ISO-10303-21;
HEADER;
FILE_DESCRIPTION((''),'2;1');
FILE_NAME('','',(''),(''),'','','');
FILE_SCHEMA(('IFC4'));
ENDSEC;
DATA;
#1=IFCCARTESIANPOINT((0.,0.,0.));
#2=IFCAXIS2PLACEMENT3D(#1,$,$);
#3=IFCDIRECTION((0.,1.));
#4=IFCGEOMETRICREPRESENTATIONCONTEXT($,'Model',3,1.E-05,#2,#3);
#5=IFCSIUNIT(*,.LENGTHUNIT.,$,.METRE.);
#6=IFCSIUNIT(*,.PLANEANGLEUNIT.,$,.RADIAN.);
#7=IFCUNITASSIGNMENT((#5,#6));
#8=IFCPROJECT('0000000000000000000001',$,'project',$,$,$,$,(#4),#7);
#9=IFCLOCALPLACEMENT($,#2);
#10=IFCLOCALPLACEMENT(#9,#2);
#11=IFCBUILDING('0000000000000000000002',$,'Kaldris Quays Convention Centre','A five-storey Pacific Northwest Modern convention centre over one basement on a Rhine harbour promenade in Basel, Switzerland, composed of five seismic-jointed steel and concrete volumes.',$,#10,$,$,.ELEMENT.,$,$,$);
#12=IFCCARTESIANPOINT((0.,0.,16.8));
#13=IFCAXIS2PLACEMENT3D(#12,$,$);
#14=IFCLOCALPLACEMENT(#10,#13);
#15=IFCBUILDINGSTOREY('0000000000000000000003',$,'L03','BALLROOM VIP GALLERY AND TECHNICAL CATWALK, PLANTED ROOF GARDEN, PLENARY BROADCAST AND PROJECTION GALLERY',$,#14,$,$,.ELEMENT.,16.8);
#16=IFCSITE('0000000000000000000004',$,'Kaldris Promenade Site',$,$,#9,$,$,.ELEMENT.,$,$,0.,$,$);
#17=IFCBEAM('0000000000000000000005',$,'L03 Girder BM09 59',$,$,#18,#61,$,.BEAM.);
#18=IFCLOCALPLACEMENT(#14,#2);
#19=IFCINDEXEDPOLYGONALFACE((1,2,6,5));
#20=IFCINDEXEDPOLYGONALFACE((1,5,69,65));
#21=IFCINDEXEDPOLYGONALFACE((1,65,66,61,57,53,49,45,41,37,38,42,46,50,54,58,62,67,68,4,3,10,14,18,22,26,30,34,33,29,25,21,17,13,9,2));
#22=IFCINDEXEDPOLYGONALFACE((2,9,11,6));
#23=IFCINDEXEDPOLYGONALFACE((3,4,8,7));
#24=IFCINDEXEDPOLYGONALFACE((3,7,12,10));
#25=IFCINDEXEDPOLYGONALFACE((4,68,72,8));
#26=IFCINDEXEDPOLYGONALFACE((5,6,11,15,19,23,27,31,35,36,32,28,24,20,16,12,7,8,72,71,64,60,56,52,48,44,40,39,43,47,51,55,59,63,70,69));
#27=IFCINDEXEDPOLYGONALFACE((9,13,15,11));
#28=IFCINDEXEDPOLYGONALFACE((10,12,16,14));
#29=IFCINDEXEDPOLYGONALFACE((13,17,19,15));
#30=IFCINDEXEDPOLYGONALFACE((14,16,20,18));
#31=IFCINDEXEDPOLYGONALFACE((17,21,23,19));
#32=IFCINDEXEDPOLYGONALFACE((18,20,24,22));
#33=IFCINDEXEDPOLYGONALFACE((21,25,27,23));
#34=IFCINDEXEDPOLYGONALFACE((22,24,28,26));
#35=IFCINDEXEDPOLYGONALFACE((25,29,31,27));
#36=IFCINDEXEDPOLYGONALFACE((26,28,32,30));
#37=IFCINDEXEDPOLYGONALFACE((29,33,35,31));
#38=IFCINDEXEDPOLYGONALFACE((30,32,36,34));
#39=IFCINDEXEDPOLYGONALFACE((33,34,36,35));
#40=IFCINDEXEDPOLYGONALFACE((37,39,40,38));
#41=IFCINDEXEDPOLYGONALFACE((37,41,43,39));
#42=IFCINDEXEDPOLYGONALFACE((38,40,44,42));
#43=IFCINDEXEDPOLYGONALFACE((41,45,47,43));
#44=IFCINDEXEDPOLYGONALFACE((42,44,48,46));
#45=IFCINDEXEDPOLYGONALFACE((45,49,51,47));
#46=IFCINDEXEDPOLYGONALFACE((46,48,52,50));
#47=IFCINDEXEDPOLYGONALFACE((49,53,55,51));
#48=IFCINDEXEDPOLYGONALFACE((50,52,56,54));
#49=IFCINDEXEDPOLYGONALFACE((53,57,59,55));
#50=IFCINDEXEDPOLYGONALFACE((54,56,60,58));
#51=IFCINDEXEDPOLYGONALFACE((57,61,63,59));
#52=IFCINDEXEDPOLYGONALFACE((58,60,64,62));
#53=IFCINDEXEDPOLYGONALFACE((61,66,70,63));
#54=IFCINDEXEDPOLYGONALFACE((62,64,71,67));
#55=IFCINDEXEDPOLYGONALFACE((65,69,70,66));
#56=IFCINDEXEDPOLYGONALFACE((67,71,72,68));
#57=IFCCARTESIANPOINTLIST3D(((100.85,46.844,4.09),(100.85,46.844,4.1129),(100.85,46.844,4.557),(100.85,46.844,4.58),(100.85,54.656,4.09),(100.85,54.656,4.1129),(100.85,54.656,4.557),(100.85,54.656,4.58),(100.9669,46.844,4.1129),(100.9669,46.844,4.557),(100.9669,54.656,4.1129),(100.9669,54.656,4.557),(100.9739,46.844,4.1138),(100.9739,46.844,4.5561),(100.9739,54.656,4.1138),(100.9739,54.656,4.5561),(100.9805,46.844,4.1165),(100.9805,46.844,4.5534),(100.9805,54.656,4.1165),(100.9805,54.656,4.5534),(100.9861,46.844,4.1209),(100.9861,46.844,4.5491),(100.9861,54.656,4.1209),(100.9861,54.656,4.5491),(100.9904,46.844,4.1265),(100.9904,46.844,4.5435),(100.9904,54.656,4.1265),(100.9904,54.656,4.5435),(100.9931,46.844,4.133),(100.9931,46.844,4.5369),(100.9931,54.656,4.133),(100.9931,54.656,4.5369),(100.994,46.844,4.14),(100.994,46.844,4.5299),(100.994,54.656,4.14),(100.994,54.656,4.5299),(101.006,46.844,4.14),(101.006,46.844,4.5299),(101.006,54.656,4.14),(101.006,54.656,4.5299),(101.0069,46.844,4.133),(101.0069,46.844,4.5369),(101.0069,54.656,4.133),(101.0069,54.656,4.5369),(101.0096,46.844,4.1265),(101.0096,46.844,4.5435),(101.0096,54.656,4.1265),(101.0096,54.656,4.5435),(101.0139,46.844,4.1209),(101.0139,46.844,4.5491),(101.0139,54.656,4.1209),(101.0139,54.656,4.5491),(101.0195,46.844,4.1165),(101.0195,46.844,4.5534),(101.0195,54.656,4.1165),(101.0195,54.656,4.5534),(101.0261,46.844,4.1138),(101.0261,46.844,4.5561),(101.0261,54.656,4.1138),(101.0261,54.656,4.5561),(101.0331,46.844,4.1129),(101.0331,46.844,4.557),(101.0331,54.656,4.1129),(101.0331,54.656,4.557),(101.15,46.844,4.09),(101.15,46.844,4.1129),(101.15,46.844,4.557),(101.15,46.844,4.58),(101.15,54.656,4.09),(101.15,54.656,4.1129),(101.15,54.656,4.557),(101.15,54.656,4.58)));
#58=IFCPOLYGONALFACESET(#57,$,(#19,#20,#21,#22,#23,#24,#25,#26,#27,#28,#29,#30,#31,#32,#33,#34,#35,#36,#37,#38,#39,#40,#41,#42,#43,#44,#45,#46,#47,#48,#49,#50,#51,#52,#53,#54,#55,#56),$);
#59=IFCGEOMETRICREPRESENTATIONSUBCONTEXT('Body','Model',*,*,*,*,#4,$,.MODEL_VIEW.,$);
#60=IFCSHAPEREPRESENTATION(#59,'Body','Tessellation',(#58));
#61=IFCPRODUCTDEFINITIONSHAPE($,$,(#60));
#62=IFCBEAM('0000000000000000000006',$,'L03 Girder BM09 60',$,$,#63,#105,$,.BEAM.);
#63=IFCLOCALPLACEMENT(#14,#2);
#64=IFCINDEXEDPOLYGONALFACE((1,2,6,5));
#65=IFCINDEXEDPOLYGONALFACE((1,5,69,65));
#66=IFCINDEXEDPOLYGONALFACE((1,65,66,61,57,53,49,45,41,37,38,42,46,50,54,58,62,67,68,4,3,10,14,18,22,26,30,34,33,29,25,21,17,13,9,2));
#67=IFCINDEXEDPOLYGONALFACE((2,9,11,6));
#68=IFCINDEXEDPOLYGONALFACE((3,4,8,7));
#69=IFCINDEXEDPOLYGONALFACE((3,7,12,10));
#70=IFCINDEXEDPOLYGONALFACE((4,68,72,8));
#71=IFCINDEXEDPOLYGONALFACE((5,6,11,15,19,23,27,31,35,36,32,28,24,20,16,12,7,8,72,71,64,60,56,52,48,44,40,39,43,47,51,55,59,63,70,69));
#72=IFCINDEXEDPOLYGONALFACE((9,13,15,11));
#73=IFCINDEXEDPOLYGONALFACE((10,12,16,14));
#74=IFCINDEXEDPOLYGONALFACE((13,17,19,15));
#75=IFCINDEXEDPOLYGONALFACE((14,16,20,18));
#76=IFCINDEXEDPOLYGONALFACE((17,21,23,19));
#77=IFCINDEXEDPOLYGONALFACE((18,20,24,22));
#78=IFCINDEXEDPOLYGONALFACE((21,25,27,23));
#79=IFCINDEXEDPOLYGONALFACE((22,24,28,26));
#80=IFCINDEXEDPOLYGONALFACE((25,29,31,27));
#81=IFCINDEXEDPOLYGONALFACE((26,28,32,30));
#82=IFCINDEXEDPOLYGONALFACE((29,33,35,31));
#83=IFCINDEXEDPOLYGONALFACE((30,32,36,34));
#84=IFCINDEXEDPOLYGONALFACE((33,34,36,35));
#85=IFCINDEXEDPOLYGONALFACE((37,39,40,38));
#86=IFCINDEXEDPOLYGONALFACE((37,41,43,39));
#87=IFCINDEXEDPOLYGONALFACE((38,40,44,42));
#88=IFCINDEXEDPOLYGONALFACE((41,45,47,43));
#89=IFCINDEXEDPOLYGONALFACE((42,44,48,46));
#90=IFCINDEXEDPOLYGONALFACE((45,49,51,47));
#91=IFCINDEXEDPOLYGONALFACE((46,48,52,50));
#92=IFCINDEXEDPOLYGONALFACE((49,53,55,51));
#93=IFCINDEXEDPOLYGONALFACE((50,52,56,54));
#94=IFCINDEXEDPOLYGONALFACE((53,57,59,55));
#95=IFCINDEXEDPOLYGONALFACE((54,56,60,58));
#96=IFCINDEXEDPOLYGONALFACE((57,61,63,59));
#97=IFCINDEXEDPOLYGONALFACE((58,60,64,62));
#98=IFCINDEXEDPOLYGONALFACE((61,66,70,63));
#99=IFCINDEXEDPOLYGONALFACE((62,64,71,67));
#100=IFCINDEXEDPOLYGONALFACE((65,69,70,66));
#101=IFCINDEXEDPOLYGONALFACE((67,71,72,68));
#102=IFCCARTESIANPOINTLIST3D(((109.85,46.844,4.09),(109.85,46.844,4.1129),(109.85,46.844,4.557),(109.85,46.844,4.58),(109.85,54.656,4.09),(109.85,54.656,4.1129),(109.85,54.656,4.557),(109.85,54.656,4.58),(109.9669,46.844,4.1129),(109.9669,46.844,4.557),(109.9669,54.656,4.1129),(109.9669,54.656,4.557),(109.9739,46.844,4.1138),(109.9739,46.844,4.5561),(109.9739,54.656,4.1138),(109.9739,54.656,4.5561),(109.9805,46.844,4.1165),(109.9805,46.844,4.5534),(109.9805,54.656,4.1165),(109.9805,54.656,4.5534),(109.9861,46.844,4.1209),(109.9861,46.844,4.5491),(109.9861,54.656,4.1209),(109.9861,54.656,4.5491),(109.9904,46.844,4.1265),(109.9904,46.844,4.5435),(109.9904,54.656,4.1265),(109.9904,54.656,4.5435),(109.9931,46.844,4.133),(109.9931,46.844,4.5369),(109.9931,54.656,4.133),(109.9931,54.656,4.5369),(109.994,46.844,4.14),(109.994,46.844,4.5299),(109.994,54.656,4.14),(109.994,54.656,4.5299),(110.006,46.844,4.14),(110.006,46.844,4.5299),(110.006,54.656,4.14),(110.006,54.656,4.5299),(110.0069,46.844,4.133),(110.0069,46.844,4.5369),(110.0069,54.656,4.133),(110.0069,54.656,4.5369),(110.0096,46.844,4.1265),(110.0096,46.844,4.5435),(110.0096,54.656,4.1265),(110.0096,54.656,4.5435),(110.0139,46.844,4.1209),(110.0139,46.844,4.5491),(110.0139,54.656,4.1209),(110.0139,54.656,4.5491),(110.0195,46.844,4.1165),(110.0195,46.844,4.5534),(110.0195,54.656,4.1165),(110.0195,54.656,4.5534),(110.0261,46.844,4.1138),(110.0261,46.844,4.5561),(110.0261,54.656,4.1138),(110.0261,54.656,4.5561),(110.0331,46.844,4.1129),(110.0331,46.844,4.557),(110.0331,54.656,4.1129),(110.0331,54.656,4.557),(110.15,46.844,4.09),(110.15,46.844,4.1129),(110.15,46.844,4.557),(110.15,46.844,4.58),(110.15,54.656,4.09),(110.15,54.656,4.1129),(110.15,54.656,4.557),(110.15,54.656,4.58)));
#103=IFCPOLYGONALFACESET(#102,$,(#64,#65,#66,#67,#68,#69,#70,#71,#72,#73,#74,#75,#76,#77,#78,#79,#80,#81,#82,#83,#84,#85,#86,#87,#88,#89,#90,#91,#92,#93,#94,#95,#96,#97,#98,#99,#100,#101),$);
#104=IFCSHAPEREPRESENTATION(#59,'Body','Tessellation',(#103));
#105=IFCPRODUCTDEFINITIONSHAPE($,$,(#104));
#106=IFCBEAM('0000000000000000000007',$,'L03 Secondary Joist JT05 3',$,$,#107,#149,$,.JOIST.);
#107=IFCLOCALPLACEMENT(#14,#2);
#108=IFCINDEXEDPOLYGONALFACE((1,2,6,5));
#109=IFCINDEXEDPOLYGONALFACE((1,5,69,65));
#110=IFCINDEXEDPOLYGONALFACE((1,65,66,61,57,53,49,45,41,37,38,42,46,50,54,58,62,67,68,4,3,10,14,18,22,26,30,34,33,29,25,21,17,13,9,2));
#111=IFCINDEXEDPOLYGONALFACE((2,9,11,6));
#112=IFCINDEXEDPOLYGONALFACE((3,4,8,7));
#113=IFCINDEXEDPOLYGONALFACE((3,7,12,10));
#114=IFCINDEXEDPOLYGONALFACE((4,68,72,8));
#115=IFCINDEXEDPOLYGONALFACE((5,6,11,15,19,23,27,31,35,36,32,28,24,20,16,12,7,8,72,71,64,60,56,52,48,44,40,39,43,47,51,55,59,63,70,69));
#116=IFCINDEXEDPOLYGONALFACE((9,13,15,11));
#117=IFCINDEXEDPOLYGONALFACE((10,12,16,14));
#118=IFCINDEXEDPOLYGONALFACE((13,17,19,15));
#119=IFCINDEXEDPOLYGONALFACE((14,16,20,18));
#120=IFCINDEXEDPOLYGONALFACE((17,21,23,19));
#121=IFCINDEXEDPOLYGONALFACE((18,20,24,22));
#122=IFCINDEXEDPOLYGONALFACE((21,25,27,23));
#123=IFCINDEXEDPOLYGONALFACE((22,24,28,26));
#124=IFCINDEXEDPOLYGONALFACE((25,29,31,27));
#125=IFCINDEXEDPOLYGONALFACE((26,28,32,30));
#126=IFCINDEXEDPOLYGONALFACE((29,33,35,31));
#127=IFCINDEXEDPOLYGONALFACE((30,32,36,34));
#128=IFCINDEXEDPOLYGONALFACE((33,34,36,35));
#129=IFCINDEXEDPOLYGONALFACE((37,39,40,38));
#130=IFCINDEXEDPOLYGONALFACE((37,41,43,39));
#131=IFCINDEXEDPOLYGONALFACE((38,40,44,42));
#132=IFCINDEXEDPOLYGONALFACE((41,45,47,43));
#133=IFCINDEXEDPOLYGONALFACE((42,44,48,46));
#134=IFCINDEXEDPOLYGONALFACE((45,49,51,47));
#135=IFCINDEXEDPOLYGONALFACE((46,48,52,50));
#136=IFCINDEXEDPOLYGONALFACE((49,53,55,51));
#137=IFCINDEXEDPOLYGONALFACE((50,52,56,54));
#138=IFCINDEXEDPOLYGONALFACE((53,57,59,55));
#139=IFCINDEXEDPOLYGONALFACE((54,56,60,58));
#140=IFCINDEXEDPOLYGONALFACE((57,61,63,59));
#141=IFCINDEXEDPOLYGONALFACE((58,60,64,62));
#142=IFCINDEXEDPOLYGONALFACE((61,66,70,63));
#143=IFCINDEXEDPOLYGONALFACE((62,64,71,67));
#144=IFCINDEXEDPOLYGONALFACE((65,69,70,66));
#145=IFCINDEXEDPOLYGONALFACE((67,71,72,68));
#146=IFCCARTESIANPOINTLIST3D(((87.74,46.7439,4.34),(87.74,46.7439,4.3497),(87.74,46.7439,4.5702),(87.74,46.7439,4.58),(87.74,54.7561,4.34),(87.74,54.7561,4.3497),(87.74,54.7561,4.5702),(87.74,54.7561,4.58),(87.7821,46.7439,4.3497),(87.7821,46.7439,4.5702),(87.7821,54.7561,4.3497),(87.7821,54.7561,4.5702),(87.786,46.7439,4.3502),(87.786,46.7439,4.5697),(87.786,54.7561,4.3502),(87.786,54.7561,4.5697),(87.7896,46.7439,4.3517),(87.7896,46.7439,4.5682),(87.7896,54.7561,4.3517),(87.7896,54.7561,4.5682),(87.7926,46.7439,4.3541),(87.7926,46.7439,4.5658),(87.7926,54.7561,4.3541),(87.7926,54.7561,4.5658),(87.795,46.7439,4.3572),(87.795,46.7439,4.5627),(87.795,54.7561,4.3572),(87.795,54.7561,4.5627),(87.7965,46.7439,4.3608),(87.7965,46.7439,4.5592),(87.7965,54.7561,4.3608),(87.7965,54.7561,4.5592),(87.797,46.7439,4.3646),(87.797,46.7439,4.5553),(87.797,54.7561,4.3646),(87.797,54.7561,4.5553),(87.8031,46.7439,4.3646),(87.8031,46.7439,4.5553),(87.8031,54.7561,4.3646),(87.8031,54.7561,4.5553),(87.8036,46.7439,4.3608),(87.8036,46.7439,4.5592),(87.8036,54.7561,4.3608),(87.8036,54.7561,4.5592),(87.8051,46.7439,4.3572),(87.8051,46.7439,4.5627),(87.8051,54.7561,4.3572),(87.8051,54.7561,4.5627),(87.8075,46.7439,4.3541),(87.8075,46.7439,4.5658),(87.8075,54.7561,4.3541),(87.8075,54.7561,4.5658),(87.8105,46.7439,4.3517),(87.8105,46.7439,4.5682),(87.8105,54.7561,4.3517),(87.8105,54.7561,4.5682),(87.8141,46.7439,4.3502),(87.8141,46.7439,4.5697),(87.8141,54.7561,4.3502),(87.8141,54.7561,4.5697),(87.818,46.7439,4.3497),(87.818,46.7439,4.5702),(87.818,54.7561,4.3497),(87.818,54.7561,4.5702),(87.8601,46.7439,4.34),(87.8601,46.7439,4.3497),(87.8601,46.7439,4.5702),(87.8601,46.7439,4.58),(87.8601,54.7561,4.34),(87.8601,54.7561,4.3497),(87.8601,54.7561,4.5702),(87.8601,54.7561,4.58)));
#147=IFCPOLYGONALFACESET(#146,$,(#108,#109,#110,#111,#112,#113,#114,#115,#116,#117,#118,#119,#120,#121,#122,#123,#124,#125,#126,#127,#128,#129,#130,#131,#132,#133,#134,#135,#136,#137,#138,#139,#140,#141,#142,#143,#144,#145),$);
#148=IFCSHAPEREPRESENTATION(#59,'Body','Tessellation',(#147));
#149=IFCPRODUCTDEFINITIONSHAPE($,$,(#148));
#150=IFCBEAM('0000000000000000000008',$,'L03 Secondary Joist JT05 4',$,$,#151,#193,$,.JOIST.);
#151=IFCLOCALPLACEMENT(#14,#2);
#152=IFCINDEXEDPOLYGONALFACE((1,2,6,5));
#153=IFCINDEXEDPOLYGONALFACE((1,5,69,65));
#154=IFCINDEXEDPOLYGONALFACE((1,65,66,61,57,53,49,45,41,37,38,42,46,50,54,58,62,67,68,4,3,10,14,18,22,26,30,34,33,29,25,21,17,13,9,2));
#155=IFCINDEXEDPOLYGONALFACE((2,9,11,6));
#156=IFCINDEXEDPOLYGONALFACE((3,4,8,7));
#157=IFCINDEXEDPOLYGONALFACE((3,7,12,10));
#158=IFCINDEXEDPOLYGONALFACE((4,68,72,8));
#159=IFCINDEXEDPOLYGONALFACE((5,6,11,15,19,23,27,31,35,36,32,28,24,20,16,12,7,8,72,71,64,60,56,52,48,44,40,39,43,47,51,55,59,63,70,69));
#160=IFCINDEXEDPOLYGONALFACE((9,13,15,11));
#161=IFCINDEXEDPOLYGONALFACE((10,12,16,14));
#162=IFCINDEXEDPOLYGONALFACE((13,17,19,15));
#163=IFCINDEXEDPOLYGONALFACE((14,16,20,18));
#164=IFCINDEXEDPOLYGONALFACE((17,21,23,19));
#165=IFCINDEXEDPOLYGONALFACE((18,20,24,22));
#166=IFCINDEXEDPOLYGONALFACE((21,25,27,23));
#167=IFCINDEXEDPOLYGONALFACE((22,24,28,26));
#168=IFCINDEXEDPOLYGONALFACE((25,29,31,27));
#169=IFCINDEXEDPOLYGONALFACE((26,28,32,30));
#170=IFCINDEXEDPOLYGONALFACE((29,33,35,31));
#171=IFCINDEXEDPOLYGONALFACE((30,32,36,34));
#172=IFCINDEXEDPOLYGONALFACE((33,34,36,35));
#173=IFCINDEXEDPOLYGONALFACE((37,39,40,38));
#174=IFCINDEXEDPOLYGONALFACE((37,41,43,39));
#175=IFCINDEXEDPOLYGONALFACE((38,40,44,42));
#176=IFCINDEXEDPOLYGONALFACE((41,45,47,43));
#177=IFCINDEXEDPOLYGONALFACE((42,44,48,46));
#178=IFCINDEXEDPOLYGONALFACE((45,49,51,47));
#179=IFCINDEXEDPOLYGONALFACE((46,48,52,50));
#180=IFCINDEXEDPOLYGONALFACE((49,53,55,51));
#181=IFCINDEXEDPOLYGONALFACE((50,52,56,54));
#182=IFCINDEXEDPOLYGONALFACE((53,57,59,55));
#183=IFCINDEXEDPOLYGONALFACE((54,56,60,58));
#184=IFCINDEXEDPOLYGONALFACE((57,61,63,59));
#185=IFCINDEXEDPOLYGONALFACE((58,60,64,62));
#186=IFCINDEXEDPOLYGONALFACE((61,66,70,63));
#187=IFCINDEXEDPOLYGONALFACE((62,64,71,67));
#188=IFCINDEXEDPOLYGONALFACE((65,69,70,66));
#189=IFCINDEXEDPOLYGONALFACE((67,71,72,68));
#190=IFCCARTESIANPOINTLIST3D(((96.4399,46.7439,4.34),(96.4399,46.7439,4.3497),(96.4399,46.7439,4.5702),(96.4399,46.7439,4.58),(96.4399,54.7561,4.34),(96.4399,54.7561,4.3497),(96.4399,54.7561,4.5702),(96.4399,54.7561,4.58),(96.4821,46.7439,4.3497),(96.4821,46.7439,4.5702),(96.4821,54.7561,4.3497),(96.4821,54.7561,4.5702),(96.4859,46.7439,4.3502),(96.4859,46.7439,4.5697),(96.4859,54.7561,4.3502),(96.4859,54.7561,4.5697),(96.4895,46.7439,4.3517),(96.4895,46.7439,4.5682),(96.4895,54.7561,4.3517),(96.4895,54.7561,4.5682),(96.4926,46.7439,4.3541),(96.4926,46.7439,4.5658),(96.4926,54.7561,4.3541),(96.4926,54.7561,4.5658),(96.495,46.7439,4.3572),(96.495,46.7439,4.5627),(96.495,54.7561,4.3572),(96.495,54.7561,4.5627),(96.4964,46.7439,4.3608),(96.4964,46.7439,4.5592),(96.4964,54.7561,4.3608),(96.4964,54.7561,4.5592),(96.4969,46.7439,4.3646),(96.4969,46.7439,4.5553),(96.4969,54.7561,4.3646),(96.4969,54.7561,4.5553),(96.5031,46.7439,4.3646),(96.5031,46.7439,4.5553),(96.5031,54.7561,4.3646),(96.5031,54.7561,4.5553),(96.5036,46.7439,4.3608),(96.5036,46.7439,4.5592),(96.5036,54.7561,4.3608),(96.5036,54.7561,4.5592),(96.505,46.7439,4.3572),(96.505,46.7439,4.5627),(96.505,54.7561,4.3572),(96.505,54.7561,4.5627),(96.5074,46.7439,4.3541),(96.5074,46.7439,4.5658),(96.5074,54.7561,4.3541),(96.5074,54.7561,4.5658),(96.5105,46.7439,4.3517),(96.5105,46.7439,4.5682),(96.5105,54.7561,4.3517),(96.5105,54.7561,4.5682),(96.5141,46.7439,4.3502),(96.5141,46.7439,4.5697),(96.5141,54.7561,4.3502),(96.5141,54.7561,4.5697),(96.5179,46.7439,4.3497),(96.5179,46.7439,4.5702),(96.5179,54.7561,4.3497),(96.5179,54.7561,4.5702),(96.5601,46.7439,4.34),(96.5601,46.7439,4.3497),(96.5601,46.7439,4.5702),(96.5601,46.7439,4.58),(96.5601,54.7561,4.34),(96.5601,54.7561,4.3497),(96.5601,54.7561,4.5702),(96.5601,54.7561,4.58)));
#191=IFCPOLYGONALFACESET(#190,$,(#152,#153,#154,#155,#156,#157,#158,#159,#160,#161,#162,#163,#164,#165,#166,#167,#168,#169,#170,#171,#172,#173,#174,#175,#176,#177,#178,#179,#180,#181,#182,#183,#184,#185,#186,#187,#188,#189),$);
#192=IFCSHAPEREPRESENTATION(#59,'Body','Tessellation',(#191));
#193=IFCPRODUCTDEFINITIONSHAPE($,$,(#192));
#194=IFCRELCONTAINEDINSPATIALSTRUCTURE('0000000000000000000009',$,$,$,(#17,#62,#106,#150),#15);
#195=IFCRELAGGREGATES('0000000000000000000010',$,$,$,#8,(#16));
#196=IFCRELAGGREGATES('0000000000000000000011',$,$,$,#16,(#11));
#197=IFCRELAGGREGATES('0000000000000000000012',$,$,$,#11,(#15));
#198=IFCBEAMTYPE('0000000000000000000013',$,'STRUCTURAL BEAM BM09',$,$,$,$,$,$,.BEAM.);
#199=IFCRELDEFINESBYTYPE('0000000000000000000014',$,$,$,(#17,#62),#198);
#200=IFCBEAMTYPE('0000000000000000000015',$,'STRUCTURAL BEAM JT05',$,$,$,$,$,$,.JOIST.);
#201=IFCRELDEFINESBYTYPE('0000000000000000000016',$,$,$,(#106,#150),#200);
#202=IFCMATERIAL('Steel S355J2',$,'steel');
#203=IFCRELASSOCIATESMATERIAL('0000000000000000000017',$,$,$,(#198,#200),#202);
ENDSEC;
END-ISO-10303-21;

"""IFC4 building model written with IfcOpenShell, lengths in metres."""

from ifc_helpers import new_model, si_unit, direction, frame, origin, origin_2d, place, context, subcontext, project, spatial, i_section, extrude, material, material_profile, profile_set, type_object, element, save


model = new_model("IFC4")

# Units and contexts
model_context = context("Model", 3, precision=1e-05, world=origin(), true_north=direction((0.0, 1.0)))
body_context = subcontext(model_context, "Body", "Model", "MODEL_VIEW")
ifc_project = project(units=[si_unit("LENGTHUNIT", "METRE"), si_unit("PLANEANGLEUNIT", "RADIAN")], contexts=[model_context])

# Site, building, storey
site_placement = place(None, origin())
site = spatial("IfcSite", under=ifc_project, at=site_placement, Name="Kaldris Promenade Site", CompositionType="ELEMENT", RefElevation=0.0)
building_placement = place(site_placement, origin())
building = spatial("IfcBuilding", under=site, at=building_placement, Name="Kaldris Quays Convention Centre", Description="A five-storey Pacific Northwest Modern convention centre over one basement on a Rhine harbour promenade in Basel, Switzerland, composed of five seismic-jointed steel and concrete volumes.", CompositionType="ELEMENT")
storey_placement = place(building_placement, frame((0.0, 0.0, 16.8)))
storey = spatial("IfcBuildingStorey", under=building, at=storey_placement, Name="L03", Description="BALLROOM VIP GALLERY AND TECHNICAL CATWALK, PLANTED ROOF GARDEN, PLENARY BROADCAST AND PROJECTION GALLERY", CompositionType="ELEMENT", Elevation=16.8)

# Shared definitions
ifc_material_1 = material(Name="Steel S355J2", Category="steel")

# Beams
ifc_material_profile_1 = material_profile(ifc_material_1, i_section(OverallWidth=0.3, OverallDepth=0.49, WebThickness=0.012, FlangeThickness=0.0229, FilletRadius=0.0271, at=origin_2d()), Name="HEA 500")
ifc_profile_set_1 = profile_set([ifc_material_profile_1], Name="Steel S355J2")
beam_type_1 = type_object("IfcBeamType", Name="STRUCTURAL BEAM BM09", PredefinedType="BEAM", material=ifc_profile_set_1)
for number, where, z_axis, x_axis, name in (
    (1, (101.0, 46.844, 4.335), (0.0, 1.0, 0.0), (-1.0, 0.0, 0.0), "L03 Girder BM09 59"),
    (2, (110.0, 46.844, 4.335), (0.0, 1.0, 0.0), (-1.0, 0.0, 0.0), "L03 Girder BM09 60"),
):
    element("IfcBeam", number, at=place(storey_placement, frame(where, z_axis=z_axis, x_axis=x_axis)), inside=storey, type_object=beam_type_1, Name=name, PredefinedType="BEAM", context=body_context, shape_type="SweptSolid", body=[
        extrude(i_section(OverallWidth=0.3, OverallDepth=0.49, WebThickness=0.012, FlangeThickness=0.0229, FilletRadius=0.0271, at=origin_2d()), origin(), (0.0, 0.0, 1.0), 7.812),
    ])
ifc_material_profile_2 = material_profile(ifc_material_1, i_section(OverallWidth=0.1201, OverallDepth=0.24, WebThickness=0.0061, FlangeThickness=0.0098, FilletRadius=0.0149, at=origin_2d()), Name="IPE 240")
ifc_profile_set_2 = profile_set([ifc_material_profile_2], Name="Steel S355J2")
beam_type_2 = type_object("IfcBeamType", Name="STRUCTURAL BEAM JT05", PredefinedType="JOIST", material=ifc_profile_set_2)
for number, where, z_axis, x_axis, name in (
    (3, (87.8, 46.7439, 4.46), (0.0, 1.0, 0.0), (-1.0, 0.0, 0.0), "L03 Secondary Joist JT05 3"),
    (4, (96.5, 46.7439, 4.46), (0.0, 1.0, 0.0), (-1.0, 0.0, 0.0), "L03 Secondary Joist JT05 4"),
):
    element("IfcBeam", number, at=place(storey_placement, frame(where, z_axis=z_axis, x_axis=x_axis)), inside=storey, type_object=beam_type_2, Name=name, PredefinedType="JOIST", context=body_context, shape_type="SweptSolid", body=[
        extrude(i_section(OverallWidth=0.1201, OverallDepth=0.24, WebThickness=0.0061, FlangeThickness=0.0098, FilletRadius=0.0149, at=origin_2d()), origin(), (0.0, 0.0, 1.0), 8.0122),
    ])

save(model, "model.ifc")
